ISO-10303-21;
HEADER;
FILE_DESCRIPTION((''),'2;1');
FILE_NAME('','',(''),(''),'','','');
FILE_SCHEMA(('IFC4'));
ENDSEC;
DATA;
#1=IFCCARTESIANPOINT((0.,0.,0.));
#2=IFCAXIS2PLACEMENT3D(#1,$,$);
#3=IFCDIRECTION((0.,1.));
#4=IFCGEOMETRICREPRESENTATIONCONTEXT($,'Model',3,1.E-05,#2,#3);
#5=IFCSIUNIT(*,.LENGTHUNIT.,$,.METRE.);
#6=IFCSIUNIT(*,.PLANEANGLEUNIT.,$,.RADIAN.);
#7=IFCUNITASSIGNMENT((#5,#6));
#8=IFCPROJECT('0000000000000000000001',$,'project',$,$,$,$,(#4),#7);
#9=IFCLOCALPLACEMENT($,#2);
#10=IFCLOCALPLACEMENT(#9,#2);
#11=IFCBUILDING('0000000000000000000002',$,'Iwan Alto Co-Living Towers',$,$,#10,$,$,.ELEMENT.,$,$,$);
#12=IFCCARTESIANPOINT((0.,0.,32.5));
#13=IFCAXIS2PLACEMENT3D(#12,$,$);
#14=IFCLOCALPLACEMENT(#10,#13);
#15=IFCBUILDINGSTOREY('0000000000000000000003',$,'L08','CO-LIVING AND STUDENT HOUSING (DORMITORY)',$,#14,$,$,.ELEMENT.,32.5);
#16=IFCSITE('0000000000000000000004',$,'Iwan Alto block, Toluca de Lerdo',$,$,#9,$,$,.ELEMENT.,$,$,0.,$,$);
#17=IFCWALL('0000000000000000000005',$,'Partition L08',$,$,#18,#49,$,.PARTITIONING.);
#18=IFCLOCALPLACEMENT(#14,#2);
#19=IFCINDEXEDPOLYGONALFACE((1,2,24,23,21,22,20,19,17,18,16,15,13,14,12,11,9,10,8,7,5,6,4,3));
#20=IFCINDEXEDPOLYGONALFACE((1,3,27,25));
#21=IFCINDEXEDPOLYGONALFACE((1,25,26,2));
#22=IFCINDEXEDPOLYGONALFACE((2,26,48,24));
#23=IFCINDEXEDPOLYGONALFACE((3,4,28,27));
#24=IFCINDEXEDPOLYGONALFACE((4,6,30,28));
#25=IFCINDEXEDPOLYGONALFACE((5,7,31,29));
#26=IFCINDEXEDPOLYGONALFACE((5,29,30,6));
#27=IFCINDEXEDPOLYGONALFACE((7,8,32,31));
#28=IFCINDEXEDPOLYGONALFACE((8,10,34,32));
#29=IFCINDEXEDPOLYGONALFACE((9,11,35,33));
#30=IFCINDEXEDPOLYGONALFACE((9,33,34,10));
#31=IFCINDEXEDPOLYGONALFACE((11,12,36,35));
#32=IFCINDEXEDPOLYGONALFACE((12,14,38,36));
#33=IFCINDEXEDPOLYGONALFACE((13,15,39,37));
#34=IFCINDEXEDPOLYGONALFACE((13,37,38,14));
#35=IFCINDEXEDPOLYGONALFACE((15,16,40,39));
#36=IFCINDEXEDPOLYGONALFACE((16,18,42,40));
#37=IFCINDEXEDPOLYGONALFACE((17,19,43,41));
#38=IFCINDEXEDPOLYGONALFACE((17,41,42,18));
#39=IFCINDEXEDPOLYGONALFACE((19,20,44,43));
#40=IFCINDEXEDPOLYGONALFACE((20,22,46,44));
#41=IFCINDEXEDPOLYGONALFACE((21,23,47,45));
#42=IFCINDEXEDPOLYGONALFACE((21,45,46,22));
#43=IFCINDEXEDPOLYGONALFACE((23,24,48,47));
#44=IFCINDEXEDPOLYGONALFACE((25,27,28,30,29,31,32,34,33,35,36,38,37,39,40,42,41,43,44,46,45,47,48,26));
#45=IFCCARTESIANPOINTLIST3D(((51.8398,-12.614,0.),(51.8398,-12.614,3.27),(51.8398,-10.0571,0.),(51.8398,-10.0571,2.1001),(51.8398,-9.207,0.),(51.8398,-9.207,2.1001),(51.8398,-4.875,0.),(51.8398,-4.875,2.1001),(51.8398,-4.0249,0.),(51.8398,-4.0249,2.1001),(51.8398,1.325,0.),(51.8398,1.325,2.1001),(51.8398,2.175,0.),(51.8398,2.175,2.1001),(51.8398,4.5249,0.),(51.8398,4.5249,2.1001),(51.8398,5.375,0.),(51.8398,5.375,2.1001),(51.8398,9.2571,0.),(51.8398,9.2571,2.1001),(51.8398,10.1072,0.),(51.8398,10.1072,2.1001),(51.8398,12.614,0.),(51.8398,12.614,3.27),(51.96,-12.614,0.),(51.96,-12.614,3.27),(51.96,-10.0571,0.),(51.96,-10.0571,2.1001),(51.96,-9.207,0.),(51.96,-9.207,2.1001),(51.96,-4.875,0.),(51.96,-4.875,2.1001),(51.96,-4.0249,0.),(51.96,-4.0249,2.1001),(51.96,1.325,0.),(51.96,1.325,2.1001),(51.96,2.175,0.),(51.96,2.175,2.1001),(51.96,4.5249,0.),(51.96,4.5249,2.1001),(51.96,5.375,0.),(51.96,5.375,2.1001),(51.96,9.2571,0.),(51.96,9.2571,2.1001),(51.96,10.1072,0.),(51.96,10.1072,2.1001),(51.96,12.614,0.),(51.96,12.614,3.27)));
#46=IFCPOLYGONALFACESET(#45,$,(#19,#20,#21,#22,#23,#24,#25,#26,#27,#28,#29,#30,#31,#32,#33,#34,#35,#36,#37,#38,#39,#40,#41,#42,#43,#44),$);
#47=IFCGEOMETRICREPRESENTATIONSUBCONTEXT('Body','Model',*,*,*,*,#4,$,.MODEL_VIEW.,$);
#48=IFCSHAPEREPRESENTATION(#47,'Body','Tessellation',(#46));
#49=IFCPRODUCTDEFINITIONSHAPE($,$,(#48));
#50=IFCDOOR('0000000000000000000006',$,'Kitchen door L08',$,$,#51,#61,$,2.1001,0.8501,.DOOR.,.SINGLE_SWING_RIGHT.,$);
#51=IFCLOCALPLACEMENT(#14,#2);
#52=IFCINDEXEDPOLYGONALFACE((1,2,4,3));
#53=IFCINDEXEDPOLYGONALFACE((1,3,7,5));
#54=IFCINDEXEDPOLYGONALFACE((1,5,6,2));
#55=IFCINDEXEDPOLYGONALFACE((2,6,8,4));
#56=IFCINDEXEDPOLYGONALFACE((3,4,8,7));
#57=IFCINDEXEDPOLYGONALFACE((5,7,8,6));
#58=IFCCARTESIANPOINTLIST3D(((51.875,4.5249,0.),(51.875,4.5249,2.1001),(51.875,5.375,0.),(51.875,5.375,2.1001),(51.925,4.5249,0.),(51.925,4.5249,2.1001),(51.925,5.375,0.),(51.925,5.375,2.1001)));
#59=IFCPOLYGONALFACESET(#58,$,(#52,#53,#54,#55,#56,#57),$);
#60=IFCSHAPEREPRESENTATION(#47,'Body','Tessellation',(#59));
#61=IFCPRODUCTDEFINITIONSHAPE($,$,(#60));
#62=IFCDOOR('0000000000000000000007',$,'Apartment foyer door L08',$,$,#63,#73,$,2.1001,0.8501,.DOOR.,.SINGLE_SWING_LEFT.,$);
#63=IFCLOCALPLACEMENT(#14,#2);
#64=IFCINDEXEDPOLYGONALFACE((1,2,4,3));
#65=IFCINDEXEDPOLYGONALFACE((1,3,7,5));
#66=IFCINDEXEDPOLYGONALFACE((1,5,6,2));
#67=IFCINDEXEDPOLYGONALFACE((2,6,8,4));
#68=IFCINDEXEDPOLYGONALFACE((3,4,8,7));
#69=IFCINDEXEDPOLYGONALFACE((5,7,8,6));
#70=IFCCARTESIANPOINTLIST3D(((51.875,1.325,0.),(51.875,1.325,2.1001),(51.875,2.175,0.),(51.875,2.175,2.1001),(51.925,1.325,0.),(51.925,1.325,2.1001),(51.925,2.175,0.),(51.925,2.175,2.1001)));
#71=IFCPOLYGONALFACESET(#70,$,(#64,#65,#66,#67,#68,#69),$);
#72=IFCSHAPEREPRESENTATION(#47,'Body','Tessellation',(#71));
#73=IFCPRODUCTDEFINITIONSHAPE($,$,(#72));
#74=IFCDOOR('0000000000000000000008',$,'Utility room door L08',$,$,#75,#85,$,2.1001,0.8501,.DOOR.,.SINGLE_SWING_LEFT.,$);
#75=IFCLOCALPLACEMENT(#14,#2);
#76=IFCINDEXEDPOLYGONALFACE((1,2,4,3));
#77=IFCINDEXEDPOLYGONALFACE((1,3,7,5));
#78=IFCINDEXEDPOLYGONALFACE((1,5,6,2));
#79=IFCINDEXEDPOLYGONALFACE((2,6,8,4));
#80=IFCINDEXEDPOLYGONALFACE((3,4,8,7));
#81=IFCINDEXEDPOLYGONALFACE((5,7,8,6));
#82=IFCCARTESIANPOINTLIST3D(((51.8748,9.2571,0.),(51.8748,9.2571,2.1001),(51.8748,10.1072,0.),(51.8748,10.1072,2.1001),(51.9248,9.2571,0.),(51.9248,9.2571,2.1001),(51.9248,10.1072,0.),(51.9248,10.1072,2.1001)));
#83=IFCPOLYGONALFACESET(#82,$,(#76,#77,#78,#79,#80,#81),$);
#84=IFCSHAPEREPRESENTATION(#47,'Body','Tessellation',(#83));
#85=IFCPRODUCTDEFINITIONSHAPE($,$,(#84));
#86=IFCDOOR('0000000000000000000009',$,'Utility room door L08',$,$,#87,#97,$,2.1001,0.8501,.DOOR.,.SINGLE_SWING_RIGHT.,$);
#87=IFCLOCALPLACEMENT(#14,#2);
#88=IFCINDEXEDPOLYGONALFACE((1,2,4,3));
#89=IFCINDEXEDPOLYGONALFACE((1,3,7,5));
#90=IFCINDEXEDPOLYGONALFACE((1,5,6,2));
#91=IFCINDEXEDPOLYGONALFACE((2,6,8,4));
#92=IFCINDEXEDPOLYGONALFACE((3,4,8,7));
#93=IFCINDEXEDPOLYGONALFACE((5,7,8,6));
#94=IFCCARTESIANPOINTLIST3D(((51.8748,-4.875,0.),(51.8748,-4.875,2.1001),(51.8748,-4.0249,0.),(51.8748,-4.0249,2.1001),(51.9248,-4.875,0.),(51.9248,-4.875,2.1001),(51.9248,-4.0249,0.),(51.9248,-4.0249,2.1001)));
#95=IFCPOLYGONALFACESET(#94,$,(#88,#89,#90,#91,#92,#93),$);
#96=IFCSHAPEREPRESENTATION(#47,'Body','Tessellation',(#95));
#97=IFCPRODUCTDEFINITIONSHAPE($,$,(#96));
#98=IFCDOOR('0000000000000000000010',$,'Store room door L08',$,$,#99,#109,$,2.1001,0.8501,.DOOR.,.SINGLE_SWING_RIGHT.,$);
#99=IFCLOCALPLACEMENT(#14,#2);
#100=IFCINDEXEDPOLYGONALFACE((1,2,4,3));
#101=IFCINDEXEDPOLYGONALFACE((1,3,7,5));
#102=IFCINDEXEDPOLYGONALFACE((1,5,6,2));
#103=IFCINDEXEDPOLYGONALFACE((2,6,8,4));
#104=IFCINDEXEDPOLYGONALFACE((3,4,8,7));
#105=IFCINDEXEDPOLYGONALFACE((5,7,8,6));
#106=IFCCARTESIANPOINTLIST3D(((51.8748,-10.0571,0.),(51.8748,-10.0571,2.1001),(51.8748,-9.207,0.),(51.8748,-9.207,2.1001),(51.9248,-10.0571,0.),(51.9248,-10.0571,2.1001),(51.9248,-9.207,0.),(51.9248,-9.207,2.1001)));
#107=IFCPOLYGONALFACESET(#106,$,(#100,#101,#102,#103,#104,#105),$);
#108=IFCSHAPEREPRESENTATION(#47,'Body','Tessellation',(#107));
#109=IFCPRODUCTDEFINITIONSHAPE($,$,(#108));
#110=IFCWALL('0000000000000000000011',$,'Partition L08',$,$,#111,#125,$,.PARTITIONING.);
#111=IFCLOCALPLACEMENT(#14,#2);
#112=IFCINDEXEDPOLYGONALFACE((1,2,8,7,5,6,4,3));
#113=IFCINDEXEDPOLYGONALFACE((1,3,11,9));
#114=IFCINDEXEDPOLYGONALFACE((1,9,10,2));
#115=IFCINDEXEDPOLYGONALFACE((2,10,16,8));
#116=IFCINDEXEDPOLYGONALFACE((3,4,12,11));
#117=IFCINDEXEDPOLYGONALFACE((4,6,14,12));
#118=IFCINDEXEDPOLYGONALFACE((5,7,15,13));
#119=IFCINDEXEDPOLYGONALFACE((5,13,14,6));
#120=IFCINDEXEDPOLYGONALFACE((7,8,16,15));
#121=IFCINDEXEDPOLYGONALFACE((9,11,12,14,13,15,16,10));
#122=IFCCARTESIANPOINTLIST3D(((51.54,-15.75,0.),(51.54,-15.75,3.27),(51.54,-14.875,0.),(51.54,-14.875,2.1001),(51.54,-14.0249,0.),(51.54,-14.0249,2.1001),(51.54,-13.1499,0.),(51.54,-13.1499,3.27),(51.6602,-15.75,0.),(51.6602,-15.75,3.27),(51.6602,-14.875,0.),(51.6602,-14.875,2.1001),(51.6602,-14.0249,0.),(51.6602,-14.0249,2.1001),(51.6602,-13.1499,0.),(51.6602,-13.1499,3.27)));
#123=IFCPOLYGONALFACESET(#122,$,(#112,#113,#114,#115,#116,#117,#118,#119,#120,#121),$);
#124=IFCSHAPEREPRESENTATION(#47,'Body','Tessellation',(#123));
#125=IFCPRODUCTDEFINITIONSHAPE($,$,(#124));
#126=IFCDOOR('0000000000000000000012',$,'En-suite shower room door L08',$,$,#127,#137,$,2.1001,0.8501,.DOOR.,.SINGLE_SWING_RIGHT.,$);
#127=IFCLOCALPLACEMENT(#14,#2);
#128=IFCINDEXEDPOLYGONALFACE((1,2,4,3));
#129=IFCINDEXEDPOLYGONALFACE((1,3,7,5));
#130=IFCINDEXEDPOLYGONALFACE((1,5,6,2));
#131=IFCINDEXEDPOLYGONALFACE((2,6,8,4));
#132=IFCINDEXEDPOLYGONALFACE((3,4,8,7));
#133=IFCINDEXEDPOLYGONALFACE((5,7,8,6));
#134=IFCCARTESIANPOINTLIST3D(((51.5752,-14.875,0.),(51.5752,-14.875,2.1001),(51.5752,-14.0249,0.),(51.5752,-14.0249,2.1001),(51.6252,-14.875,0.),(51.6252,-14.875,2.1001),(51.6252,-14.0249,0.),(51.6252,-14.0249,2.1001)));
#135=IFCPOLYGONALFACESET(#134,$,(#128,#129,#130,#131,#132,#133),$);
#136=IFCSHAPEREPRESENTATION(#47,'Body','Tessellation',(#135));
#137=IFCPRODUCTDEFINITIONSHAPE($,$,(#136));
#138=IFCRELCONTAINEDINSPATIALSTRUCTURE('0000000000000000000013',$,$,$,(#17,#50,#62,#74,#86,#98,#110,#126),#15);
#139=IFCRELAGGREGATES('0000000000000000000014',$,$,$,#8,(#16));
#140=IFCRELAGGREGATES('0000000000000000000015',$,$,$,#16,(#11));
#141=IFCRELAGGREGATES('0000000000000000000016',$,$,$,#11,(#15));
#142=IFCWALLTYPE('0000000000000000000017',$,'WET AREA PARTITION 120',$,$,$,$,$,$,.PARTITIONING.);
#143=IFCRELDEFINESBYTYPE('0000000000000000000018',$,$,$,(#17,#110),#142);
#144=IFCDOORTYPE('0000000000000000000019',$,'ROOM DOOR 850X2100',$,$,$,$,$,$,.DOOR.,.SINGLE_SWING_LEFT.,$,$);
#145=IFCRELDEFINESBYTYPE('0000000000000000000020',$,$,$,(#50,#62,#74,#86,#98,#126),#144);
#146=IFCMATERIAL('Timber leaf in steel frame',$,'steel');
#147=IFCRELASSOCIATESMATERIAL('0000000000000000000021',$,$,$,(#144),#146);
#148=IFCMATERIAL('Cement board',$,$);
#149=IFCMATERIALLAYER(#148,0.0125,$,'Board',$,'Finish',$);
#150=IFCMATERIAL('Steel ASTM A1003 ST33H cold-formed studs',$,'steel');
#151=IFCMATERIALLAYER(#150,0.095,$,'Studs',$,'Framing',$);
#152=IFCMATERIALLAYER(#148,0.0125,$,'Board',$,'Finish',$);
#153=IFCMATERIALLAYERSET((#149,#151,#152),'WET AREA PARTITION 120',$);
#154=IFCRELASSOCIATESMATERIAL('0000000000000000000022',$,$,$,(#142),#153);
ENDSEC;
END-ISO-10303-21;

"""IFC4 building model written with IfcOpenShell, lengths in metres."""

from ifc_helpers import new_model, si_unit, direction, frame, frame_2d, origin, place, context, subcontext, project, spatial, rectangle, extrude, material, layer, layer_set, type_object, element, fill, save


model = new_model("IFC4")

# Units and contexts
model_context = context("Model", 3, precision=1e-05, world=origin(), true_north=direction((0.0, 1.0)))
body_context = subcontext(model_context, "Body", "Model", "MODEL_VIEW")
ifc_project = project(units=[si_unit("LENGTHUNIT", "METRE"), si_unit("PLANEANGLEUNIT", "RADIAN")], contexts=[model_context])

# Site, building, storey
site_placement = place(None, origin())
site = spatial("IfcSite", under=ifc_project, at=site_placement, Name="Iwan Alto block, Toluca de Lerdo", CompositionType="ELEMENT", RefElevation=0.0)
building_placement = place(site_placement, origin())
building = spatial("IfcBuilding", under=site, at=building_placement, Name="Iwan Alto Co-Living Towers", CompositionType="ELEMENT")
storey_placement = place(building_placement, frame((0.0, 0.0, 32.5)))
storey = spatial("IfcBuildingStorey", under=building, at=storey_placement, Name="L08", Description="CO-LIVING AND STUDENT HOUSING (DORMITORY)", CompositionType="ELEMENT", Elevation=32.5)

# Shared definitions
ifc_material_1 = material(Name="Steel ASTM A1003 ST33H cold-formed studs", Category="steel")

# Shared definitions
ifc_material_2 = material(Name="Timber leaf in steel frame", Category="steel")
door_type = type_object("IfcDoorType", Name="ROOM DOOR 850X2100", OperationType="SINGLE_SWING_LEFT", PredefinedType="DOOR", material=ifc_material_2)

# Shared definitions
ifc_material_3 = material(Name="Cement board")
ifc_layer_1 = layer(ifc_material_3, 0.0125, Name="Board", Category="Finish")
ifc_layer_2 = layer(ifc_material_1, 0.095, Name="Studs", Category="Framing")
ifc_layer_3 = layer(ifc_material_3, 0.0125, Name="Board", Category="Finish")
ifc_layer_set_1 = layer_set([ifc_layer_1, ifc_layer_2, ifc_layer_3], Name="WET AREA PARTITION 120")
wall_type_1 = type_object("IfcWallType", Name="WET AREA PARTITION 120", PredefinedType="PARTITIONING", material=ifc_layer_set_1)

# Wall, openings, doors
wall_1_placement = place(storey_placement, frame((51.8999, -12.614, 0.0), z_axis=(0.0, 0.0, 1.0), x_axis=(0.0, 1.0, 0.0)))
wall_1 = element("IfcWall", 1, at=wall_1_placement, inside=storey, type_object=wall_type_1, Name="Partition L08", PredefinedType="PARTITIONING", context=body_context, shape_type="SweptSolid", body=[
    extrude(rectangle(XDim=25.228, YDim=0.1201, at=frame_2d((12.614, 0.0))), origin(), (0.0, 0.0, 1.0), 3.27),
])
opening_1_placement = place(wall_1_placement, frame((17.1389, 0.0, 0.0)))
opening_1 = element("IfcOpeningElement", 2, at=opening_1_placement, cuts=wall_1, PredefinedType="OPENING", context=body_context, shape_type="SweptSolid", body=[
    extrude(rectangle(XDim=0.8501, YDim=2.1001, at=frame_2d((0.425, 1.05))), frame((0.0, 0.0701, 0.0), z_axis=(0.0, -1.0, 0.0), x_axis=(1.0, 0.0, 0.0)), (0.0, 0.0, 1.0), 0.1401),
])
opening_2_placement = place(wall_1_placement, frame((13.939, 0.0, 0.0)))
opening_2 = element("IfcOpeningElement", 3, at=opening_2_placement, cuts=wall_1, PredefinedType="OPENING", context=body_context, shape_type="SweptSolid", body=[
    extrude(rectangle(XDim=0.8501, YDim=2.1001, at=frame_2d((0.425, 1.05))), frame((0.0, 0.0701, 0.0), z_axis=(0.0, -1.0, 0.0), x_axis=(1.0, 0.0, 0.0)), (0.0, 0.0, 1.0), 0.1401),
])
opening_3_placement = place(wall_1_placement, frame((21.8711, 0.0, 0.0)))
opening_3 = element("IfcOpeningElement", 4, at=opening_3_placement, cuts=wall_1, PredefinedType="OPENING", context=body_context, shape_type="SweptSolid", body=[
    extrude(rectangle(XDim=0.8501, YDim=2.1001, at=frame_2d((0.425, 1.05))), frame((0.0, 0.0701, 0.0), z_axis=(0.0, -1.0, 0.0), x_axis=(1.0, 0.0, 0.0)), (0.0, 0.0, 1.0), 0.1401),
])
opening_4_placement = place(wall_1_placement, frame((7.739, 0.0, 0.0)))
opening_4 = element("IfcOpeningElement", 5, at=opening_4_placement, cuts=wall_1, PredefinedType="OPENING", context=body_context, shape_type="SweptSolid", body=[
    extrude(rectangle(XDim=0.8501, YDim=2.1001, at=frame_2d((0.425, 1.05))), frame((0.0, 0.0701, 0.0), z_axis=(0.0, -1.0, 0.0), x_axis=(1.0, 0.0, 0.0)), (0.0, 0.0, 1.0), 0.1401),
])
opening_5_placement = place(wall_1_placement, frame((2.5569, 0.0, 0.0)))
opening_5 = element("IfcOpeningElement", 6, at=opening_5_placement, cuts=wall_1, PredefinedType="OPENING", context=body_context, shape_type="SweptSolid", body=[
    extrude(rectangle(XDim=0.8501, YDim=2.1001, at=frame_2d((0.425, 1.05))), frame((0.0, 0.0701, 0.0), z_axis=(0.0, -1.0, 0.0), x_axis=(1.0, 0.0, 0.0)), (0.0, 0.0, 1.0), 0.1401),
])
door_1_placement = place(opening_1_placement, origin())
door_1 = element("IfcDoor", 7, at=door_1_placement, inside=storey, type_object=door_type, Name="Kitchen door L08", OperationType="SINGLE_SWING_RIGHT", OverallHeight=2.1001, OverallWidth=0.8501, PredefinedType="DOOR", context=body_context, shape_type="SweptSolid", body=[
    extrude(rectangle(XDim=0.8501, YDim=2.1001, at=frame_2d((0.425, 1.05))), frame((0.0, 0.0249, 0.0), z_axis=(0.0, -1.0, 0.0), x_axis=(1.0, 0.0, 0.0)), (0.0, 0.0, 1.0), 0.05),
])
fill(opening_1, door_1)
door_2_placement = place(opening_2_placement, origin())
door_2 = element("IfcDoor", 8, at=door_2_placement, inside=storey, type_object=door_type, Name="Apartment foyer door L08", OperationType="SINGLE_SWING_LEFT", OverallHeight=2.1001, OverallWidth=0.8501, PredefinedType="DOOR", context=body_context, shape_type="SweptSolid", body=[
    extrude(rectangle(XDim=0.8501, YDim=2.1001, at=frame_2d((0.425, 1.05))), frame((0.0, 0.0249, 0.0), z_axis=(0.0, -1.0, 0.0), x_axis=(1.0, 0.0, 0.0)), (0.0, 0.0, 1.0), 0.05),
])
fill(opening_2, door_2)
door_3_placement = place(opening_3_placement, frame((0.8501, 0.0, 0.0), z_axis=(0.0, 0.0, 1.0), x_axis=(-1.0, 0.0, 0.0)))
door_3 = element("IfcDoor", 9, at=door_3_placement, inside=storey, type_object=door_type, Name="Utility room door L08", OperationType="SINGLE_SWING_LEFT", OverallHeight=2.1001, OverallWidth=0.8501, PredefinedType="DOOR", context=body_context, shape_type="SweptSolid", body=[
    extrude(rectangle(XDim=0.8501, YDim=2.1001, at=frame_2d((0.425, 1.05))), frame((0.0, 0.0249, 0.0), z_axis=(0.0, -1.0, 0.0), x_axis=(1.0, 0.0, 0.0)), (0.0, 0.0, 1.0), 0.05),
])
fill(opening_3, door_3)
door_4_placement = place(opening_4_placement, frame((0.8501, 0.0, 0.0), z_axis=(0.0, 0.0, 1.0), x_axis=(-1.0, 0.0, 0.0)))
door_4 = element("IfcDoor", 10, at=door_4_placement, inside=storey, type_object=door_type, Name="Utility room door L08", OperationType="SINGLE_SWING_RIGHT", OverallHeight=2.1001, OverallWidth=0.8501, PredefinedType="DOOR", context=body_context, shape_type="SweptSolid", body=[
    extrude(rectangle(XDim=0.8501, YDim=2.1001, at=frame_2d((0.425, 1.05))), frame((0.0, 0.0249, 0.0), z_axis=(0.0, -1.0, 0.0), x_axis=(1.0, 0.0, 0.0)), (0.0, 0.0, 1.0), 0.05),
])
fill(opening_4, door_4)
door_5_placement = place(opening_5_placement, frame((0.8501, 0.0, 0.0), z_axis=(0.0, 0.0, 1.0), x_axis=(-1.0, 0.0, 0.0)))
door_5 = element("IfcDoor", 11, at=door_5_placement, inside=storey, type_object=door_type, Name="Store room door L08", OperationType="SINGLE_SWING_RIGHT", OverallHeight=2.1001, OverallWidth=0.8501, PredefinedType="DOOR", context=body_context, shape_type="SweptSolid", body=[
    extrude(rectangle(XDim=0.8501, YDim=2.1001, at=frame_2d((0.425, 1.05))), frame((0.0, 0.0249, 0.0), z_axis=(0.0, -1.0, 0.0), x_axis=(1.0, 0.0, 0.0)), (0.0, 0.0, 1.0), 0.05),
])
fill(opening_5, door_5)

# Wall, opening, door
wall_2_placement = place(storey_placement, frame((51.6001, -15.75, 0.0), z_axis=(0.0, 0.0, 1.0), x_axis=(0.0, 1.0, 0.0)))
wall_2 = element("IfcWall", 12, at=wall_2_placement, inside=storey, type_object=wall_type_1, Name="Partition L08", PredefinedType="PARTITIONING", context=body_context, shape_type="SweptSolid", body=[
    extrude(rectangle(XDim=2.6001, YDim=0.1201, at=frame_2d((1.3, 0.0))), origin(), (0.0, 0.0, 1.0), 3.27),
])
opening_6_placement = place(wall_2_placement, frame((0.875, 0.0, 0.0)))
opening_6 = element("IfcOpeningElement", 13, at=opening_6_placement, cuts=wall_2, PredefinedType="OPENING", context=body_context, shape_type="SweptSolid", body=[
    extrude(rectangle(XDim=0.8501, YDim=2.1001, at=frame_2d((0.425, 1.05))), frame((0.0, 0.0701, 0.0), z_axis=(0.0, -1.0, 0.0), x_axis=(1.0, 0.0, 0.0)), (0.0, 0.0, 1.0), 0.1401),
])
door_6_placement = place(opening_6_placement, origin())
door_6 = element("IfcDoor", 14, at=door_6_placement, inside=storey, type_object=door_type, Name="En-suite shower room door L08", OperationType="SINGLE_SWING_RIGHT", OverallHeight=2.1001, OverallWidth=0.8501, PredefinedType="DOOR", context=body_context, shape_type="SweptSolid", body=[
    extrude(rectangle(XDim=0.8501, YDim=2.1001, at=frame_2d((0.425, 1.05))), frame((0.0, 0.0249, 0.0), z_axis=(0.0, -1.0, 0.0), x_axis=(1.0, 0.0, 0.0)), (0.0, 0.0, 1.0), 0.05),
])
fill(opening_6, door_6)

save(model, "model.ifc")
